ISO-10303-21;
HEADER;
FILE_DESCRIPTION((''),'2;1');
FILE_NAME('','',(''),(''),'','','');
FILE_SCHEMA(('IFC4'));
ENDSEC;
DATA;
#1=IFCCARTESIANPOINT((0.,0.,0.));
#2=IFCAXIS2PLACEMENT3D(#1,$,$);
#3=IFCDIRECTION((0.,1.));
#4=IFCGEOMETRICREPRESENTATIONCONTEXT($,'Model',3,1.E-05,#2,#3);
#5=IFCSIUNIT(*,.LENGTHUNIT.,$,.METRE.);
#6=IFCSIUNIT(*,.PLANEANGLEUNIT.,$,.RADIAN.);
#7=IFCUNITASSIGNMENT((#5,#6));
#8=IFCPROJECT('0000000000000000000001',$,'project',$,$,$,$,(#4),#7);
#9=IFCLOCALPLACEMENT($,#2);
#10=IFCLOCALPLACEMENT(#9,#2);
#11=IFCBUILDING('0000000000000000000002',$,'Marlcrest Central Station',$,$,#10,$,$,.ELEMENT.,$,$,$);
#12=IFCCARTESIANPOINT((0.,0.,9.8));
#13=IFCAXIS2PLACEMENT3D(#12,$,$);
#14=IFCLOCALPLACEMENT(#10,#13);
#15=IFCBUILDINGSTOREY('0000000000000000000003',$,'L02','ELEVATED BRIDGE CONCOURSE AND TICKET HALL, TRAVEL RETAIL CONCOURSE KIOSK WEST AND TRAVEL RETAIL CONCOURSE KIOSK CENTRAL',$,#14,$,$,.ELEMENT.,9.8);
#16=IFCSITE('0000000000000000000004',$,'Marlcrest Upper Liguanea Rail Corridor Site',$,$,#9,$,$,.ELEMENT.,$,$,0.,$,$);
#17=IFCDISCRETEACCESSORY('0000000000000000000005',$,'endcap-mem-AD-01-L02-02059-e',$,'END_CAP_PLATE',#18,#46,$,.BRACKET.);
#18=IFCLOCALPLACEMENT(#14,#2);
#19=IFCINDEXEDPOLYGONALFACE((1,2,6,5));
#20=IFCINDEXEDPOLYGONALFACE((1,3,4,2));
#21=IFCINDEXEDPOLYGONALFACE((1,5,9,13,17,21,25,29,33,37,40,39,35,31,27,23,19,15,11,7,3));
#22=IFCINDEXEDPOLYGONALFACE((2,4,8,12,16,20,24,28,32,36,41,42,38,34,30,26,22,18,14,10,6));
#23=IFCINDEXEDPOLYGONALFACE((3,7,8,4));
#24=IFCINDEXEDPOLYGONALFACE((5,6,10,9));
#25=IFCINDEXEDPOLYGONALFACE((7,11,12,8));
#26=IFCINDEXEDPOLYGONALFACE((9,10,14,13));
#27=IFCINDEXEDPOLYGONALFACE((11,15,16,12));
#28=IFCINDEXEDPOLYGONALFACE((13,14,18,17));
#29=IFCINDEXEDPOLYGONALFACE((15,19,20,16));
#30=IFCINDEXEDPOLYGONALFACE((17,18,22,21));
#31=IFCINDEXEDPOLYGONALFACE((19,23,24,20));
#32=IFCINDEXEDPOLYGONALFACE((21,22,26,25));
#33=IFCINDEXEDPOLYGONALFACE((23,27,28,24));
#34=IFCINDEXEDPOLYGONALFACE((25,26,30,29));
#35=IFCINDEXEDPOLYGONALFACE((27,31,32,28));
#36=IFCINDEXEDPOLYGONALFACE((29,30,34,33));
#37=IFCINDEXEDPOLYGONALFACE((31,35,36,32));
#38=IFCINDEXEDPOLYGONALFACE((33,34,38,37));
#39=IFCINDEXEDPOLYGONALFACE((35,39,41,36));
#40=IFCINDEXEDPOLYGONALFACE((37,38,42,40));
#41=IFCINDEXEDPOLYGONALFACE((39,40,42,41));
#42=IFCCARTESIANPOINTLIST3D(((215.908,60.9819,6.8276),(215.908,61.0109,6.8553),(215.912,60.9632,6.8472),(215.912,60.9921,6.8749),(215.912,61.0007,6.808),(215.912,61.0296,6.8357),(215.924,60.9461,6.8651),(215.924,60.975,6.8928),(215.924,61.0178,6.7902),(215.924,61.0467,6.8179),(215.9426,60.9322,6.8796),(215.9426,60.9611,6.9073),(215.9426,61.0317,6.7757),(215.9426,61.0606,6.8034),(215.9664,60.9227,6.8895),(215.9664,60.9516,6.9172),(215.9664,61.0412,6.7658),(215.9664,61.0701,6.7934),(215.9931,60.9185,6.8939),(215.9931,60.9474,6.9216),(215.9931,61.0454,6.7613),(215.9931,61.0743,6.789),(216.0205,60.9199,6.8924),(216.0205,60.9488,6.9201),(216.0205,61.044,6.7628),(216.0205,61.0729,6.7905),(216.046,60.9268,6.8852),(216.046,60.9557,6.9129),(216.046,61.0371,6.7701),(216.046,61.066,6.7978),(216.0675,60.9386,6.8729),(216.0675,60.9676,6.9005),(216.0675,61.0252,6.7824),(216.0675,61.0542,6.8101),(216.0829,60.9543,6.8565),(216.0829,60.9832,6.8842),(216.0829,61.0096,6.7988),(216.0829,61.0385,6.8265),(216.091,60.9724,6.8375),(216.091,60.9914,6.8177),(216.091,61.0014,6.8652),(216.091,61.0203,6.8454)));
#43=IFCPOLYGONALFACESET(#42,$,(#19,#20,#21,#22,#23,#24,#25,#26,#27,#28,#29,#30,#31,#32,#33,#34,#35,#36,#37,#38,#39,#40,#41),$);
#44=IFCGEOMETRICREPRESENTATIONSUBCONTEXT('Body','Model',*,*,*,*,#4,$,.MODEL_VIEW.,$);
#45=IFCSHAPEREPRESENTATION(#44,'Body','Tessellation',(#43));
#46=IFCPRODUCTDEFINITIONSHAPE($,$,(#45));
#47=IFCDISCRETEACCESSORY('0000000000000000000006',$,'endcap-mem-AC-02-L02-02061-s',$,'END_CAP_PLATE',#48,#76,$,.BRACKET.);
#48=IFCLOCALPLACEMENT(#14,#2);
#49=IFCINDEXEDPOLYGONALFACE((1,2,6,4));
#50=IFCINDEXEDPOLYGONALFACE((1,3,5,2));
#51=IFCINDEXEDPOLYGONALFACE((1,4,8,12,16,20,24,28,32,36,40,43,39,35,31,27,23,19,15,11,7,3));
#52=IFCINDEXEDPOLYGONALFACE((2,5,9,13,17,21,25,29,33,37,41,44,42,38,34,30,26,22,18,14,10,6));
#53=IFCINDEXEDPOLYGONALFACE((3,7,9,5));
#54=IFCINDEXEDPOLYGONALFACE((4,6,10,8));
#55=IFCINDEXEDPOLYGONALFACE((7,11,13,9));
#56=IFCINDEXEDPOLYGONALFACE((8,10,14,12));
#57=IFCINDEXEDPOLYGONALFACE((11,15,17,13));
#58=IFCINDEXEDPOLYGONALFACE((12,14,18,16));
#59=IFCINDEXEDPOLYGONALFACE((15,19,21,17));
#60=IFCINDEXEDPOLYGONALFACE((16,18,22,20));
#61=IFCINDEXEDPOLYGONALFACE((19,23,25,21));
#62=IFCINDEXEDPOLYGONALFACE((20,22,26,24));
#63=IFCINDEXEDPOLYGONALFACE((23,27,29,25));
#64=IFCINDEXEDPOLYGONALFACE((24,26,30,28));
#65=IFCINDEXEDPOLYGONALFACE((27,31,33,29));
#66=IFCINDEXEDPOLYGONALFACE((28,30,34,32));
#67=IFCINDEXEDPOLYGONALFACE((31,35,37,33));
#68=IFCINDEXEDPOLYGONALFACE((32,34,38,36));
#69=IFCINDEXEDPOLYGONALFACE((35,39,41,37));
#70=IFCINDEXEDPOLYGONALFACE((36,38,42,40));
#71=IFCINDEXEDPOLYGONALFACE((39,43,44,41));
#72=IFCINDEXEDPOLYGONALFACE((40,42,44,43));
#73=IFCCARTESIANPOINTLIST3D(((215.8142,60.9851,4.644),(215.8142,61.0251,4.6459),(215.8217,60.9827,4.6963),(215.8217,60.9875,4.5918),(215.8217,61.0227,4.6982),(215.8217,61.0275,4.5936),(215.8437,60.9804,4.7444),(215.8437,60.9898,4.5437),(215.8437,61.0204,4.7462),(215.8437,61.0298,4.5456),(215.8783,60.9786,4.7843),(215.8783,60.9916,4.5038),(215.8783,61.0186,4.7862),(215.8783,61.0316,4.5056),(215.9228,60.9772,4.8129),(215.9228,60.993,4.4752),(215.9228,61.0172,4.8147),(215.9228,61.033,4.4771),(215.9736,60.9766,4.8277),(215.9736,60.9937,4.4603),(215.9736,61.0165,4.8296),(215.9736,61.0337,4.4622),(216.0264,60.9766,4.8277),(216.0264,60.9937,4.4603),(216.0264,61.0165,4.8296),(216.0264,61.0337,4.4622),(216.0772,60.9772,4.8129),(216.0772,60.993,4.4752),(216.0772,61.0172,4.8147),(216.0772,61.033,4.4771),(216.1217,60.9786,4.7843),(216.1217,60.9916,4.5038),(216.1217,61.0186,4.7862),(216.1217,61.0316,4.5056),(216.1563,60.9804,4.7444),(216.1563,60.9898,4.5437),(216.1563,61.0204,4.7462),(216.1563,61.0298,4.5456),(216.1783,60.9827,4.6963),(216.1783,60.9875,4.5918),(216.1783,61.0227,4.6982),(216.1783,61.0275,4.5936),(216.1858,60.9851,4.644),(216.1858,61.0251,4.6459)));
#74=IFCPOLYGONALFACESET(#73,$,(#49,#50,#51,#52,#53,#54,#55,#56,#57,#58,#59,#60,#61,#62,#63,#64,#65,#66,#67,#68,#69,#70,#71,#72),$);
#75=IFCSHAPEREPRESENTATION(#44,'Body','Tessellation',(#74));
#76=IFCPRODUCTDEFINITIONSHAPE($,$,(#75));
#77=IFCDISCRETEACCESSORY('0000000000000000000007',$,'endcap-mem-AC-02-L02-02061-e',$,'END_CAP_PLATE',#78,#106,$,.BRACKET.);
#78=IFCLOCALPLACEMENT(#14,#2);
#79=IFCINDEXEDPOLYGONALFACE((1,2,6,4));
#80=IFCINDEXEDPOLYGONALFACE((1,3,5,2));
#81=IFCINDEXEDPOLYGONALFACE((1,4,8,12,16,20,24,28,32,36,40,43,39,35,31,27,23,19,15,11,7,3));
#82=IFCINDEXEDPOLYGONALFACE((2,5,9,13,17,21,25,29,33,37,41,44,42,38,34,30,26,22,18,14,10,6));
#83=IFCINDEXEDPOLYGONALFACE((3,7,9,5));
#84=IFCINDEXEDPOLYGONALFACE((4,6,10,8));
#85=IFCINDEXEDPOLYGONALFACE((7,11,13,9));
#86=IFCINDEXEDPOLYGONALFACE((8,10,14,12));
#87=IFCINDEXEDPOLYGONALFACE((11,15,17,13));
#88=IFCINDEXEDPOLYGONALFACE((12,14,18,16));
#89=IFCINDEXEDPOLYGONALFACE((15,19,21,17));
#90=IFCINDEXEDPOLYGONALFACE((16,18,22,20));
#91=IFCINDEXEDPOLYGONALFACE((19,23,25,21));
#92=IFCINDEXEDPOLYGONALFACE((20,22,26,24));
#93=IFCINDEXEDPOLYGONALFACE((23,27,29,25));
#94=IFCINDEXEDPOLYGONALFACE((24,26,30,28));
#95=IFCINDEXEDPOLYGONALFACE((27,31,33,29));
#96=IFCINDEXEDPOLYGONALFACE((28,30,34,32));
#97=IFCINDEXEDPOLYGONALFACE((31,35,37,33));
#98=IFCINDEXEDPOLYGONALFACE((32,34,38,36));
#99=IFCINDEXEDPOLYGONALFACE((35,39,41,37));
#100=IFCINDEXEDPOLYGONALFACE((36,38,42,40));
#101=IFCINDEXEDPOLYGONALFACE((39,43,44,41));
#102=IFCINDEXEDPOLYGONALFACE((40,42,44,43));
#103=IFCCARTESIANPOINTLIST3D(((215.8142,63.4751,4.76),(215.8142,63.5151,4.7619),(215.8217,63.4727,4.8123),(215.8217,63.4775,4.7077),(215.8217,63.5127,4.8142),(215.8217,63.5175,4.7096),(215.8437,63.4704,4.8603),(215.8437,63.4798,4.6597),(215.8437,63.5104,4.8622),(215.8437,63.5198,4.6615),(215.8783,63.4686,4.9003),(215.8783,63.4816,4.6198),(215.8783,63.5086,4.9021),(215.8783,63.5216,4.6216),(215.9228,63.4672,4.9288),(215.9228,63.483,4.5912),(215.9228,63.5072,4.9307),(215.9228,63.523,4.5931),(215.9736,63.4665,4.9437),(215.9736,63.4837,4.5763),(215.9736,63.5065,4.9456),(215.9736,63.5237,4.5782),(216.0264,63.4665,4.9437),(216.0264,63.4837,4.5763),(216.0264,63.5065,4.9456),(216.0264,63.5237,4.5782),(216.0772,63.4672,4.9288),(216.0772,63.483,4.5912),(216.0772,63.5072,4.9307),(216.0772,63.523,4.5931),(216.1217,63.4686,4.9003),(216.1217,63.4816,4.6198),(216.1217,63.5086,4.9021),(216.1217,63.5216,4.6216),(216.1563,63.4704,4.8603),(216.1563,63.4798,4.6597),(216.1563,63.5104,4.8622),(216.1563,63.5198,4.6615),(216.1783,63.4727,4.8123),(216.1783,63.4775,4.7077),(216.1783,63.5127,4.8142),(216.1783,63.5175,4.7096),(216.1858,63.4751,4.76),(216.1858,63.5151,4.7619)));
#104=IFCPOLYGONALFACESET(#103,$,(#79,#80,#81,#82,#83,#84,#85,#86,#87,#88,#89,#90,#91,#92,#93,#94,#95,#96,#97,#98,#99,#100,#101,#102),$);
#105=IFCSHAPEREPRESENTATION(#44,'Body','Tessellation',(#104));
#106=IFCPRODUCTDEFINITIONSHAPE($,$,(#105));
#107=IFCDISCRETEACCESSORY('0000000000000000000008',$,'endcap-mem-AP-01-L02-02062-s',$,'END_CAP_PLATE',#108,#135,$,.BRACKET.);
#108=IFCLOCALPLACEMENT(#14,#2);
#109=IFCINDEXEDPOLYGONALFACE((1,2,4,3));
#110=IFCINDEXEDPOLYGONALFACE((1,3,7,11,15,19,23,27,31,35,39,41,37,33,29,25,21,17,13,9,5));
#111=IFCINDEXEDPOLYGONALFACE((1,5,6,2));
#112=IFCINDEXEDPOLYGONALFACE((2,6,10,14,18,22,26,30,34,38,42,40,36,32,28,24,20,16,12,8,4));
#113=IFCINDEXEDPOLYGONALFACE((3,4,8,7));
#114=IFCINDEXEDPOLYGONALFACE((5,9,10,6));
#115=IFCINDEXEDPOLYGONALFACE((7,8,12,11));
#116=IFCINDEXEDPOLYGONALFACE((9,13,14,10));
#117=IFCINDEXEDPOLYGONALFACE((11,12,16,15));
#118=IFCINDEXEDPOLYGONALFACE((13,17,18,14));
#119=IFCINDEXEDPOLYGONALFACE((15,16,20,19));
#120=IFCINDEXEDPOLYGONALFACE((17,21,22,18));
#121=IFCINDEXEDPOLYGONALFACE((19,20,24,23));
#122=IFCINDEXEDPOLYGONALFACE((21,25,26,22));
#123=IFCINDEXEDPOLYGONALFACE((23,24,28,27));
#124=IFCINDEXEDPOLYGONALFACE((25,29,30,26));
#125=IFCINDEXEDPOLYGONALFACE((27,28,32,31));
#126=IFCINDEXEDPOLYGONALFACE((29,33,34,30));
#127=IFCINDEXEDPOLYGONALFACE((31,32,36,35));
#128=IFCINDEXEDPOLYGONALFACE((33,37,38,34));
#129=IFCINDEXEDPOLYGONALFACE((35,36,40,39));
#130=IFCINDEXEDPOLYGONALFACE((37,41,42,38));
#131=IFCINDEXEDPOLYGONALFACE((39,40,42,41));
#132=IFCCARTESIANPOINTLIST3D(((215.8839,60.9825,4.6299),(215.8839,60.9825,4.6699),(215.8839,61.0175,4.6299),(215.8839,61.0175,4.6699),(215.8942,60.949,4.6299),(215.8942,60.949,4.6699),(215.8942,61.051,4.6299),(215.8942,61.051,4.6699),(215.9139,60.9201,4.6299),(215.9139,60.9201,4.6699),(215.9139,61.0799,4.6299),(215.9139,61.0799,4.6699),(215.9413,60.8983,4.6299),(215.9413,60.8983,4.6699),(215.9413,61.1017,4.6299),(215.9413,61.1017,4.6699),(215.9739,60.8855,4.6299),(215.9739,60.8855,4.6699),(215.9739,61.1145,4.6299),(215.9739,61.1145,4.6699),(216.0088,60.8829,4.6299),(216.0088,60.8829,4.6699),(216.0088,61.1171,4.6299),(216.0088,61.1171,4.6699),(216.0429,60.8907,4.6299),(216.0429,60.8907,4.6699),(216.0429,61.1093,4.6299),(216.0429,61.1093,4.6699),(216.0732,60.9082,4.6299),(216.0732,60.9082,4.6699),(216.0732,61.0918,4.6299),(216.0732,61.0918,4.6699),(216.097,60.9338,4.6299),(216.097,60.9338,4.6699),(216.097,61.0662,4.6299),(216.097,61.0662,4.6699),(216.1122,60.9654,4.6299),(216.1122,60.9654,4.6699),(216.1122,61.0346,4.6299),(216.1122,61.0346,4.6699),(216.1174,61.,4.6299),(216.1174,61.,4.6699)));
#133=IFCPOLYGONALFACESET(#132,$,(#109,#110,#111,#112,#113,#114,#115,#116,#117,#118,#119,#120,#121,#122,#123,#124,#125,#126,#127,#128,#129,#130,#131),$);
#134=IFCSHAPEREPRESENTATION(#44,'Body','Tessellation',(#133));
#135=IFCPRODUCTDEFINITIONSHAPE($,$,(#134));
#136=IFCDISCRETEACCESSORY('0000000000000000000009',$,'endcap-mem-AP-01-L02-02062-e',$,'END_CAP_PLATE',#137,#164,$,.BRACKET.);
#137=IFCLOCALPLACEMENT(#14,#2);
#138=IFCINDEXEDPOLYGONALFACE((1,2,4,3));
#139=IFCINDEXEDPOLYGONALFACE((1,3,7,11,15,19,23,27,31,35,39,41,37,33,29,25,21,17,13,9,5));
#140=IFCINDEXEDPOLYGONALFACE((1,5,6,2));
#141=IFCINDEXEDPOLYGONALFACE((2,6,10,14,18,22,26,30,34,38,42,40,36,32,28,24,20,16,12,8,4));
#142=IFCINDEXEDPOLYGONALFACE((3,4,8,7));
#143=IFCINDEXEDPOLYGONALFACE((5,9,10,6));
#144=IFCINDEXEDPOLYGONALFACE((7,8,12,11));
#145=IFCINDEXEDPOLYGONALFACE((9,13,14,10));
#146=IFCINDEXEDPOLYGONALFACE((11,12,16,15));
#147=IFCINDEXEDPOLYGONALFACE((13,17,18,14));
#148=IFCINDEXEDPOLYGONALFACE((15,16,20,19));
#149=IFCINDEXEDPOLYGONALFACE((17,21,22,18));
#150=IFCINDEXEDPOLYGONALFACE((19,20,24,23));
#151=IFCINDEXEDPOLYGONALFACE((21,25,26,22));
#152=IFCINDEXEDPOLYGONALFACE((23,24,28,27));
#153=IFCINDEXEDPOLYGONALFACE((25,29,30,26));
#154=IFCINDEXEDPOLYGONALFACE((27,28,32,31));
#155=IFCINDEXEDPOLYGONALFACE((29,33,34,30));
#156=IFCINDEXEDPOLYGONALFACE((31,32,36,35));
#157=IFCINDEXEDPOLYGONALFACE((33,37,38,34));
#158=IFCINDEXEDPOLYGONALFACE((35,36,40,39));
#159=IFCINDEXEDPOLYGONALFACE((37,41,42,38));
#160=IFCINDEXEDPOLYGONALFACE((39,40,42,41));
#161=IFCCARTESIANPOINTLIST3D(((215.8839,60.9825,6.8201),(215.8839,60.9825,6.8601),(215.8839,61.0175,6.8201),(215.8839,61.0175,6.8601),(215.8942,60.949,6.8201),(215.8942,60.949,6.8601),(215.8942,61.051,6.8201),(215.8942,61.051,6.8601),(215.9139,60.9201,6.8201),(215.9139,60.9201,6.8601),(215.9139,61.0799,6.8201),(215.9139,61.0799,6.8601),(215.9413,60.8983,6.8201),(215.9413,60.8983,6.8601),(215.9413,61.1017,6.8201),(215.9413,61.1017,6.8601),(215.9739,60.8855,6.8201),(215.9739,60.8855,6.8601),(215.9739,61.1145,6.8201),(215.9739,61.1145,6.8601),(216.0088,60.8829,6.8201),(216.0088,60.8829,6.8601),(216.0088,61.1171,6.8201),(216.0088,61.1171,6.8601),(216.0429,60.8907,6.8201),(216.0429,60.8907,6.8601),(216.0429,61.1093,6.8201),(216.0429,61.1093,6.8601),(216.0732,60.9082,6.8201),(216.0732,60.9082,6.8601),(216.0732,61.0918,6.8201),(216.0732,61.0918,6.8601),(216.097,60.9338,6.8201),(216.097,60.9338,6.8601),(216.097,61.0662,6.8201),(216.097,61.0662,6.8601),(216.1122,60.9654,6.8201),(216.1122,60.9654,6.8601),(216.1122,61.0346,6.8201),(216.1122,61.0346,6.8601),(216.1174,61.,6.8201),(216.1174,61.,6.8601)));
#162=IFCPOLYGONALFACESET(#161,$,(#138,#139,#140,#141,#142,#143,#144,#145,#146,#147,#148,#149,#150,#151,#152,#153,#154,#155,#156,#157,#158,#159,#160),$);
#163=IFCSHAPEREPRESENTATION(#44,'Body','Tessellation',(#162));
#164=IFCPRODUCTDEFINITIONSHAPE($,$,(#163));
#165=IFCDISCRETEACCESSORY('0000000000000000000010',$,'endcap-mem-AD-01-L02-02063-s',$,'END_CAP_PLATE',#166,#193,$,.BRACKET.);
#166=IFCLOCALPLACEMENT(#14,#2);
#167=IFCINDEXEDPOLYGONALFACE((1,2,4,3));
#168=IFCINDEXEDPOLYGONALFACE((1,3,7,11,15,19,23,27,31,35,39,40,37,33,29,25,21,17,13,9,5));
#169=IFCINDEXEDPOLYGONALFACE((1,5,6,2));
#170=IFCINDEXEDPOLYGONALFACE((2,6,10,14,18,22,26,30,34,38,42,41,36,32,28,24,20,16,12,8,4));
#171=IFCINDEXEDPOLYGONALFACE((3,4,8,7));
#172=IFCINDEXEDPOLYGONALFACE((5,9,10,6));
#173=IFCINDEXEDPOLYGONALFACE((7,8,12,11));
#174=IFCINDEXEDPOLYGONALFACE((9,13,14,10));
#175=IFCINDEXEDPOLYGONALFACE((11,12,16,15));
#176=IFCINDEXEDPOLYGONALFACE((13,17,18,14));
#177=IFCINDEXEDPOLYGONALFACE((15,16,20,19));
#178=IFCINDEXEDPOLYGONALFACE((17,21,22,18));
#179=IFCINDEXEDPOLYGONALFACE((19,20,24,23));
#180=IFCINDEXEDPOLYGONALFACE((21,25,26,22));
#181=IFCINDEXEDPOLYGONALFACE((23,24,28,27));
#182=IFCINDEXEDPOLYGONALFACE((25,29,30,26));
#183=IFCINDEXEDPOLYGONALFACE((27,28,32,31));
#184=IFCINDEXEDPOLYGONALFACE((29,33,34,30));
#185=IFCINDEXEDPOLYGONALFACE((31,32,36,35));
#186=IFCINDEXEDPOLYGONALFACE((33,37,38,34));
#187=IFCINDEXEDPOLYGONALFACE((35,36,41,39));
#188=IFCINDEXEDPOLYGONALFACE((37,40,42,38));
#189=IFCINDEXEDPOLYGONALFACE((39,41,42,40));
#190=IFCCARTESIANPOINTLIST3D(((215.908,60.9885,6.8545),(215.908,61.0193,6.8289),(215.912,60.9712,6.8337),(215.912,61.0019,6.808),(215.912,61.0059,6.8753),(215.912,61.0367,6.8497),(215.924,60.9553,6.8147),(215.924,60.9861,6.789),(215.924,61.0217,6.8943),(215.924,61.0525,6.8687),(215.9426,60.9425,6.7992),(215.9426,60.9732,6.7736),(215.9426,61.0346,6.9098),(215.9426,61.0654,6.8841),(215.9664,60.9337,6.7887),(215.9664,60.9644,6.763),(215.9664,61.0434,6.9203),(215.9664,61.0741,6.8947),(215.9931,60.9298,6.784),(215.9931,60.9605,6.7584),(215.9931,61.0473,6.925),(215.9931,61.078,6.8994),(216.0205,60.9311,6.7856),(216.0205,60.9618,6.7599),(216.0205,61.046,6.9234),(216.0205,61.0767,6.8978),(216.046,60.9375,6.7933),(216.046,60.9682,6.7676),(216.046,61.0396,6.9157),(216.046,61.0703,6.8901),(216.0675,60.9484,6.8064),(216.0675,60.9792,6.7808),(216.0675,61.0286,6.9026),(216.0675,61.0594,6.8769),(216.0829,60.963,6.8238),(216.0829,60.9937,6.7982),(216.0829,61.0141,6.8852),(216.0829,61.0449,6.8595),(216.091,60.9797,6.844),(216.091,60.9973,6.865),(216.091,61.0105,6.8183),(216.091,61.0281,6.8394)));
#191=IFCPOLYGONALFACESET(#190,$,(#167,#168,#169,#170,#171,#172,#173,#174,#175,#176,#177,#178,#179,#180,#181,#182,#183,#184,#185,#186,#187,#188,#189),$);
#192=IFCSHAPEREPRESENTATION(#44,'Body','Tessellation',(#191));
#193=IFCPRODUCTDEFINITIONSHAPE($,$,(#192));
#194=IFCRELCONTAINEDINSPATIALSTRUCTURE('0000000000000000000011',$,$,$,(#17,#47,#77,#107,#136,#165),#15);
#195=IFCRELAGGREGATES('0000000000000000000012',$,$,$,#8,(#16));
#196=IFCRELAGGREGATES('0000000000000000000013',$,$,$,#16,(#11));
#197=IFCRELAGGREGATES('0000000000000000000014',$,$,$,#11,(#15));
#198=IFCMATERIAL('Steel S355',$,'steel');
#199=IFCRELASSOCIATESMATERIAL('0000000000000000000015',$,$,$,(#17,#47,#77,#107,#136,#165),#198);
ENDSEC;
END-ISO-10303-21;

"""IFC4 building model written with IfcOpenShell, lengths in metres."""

from ifc_helpers import new_model, si_unit, direction, frame, origin, origin_2d, place, context, subcontext, project, spatial, circle, extrude, material, element, save


model = new_model("IFC4")

# Units and contexts
model_context = context("Model", 3, precision=1e-05, world=origin(), true_north=direction((0.0, 1.0)))
body_context = subcontext(model_context, "Body", "Model", "MODEL_VIEW")
ifc_project = project(units=[si_unit("LENGTHUNIT", "METRE"), si_unit("PLANEANGLEUNIT", "RADIAN")], contexts=[model_context])

# Site, building, storey
site_placement = place(None, origin())
site = spatial("IfcSite", under=ifc_project, at=site_placement, Name="Marlcrest Upper Liguanea Rail Corridor Site", CompositionType="ELEMENT", RefElevation=0.0)
building_placement = place(site_placement, origin())
building = spatial("IfcBuilding", under=site, at=building_placement, Name="Marlcrest Central Station", CompositionType="ELEMENT")
storey_placement = place(building_placement, frame((0.0, 0.0, 9.8)))
storey = spatial("IfcBuildingStorey", under=building, at=storey_placement, Name="L02", Description="ELEVATED BRIDGE CONCOURSE AND TICKET HALL, TRAVEL RETAIL CONCOURSE KIOSK WEST AND TRAVEL RETAIL CONCOURSE KIOSK CENTRAL", CompositionType="ELEMENT", Elevation=9.8)

# Shared definitions
ifc_material = material(Name="Steel S355", Category="steel")

# Discrete accessories
discrete_accessory_1_placement = place(storey_placement, frame((216.0, 60.9819, 6.8276), z_axis=(0.0, 0.722247, 0.691636), x_axis=(-1.0, 0.0, 0.0)))
element("IfcDiscreteAccessory", 1, at=discrete_accessory_1_placement, inside=storey, material=ifc_material, Name="endcap-mem-AD-01-L02-02059-e", ObjectType="END_CAP_PLATE", PredefinedType="BRACKET", context=body_context, shape_type="SweptSolid", body=[
    extrude(circle(Radius=0.092, at=origin_2d()), origin(), (0.0, 0.0, 1.0), 0.04),
])
for number, where, z_axis, x_axis, name in (
    (2, (216.0, 60.9851, 4.644), (0.0, 0.998917, 0.046532), (-1.0, 0.0, 0.0), "endcap-mem-AC-02-L02-02061-s"),
    (3, (216.0, 63.4751, 4.76), (0.0, 0.998917, 0.046532), (-1.0, 0.0, 0.0), "endcap-mem-AC-02-L02-02061-e"),
):
    element("IfcDiscreteAccessory", number, at=place(storey_placement, frame(where, z_axis=z_axis, x_axis=x_axis)), inside=storey, material=ifc_material, Name=name, ObjectType="END_CAP_PLATE", PredefinedType="BRACKET", context=body_context, shape_type="SweptSolid", body=[
        extrude(circle(Radius=0.1858, at=origin_2d()), origin(), (0.0, 0.0, 1.0), 0.04),
    ])
for number, where, z_axis, x_axis, name in (
    (4, (216.0, 61.0, 4.6299), (0.0, 0.0, 1.0), (1.0, 0.0, 0.0), "endcap-mem-AP-01-L02-02062-s"),
    (5, (216.0, 61.0, 6.8201), (0.0, 0.0, 1.0), (1.0, 0.0, 0.0), "endcap-mem-AP-01-L02-02062-e"),
):
    element("IfcDiscreteAccessory", number, at=place(storey_placement, frame(where, z_axis=z_axis, x_axis=x_axis)), inside=storey, material=ifc_material, Name=name, ObjectType="END_CAP_PLATE", PredefinedType="BRACKET", context=body_context, shape_type="SweptSolid", body=[
        extrude(circle(Radius=0.1174, at=origin_2d()), origin(), (0.0, 0.0, 1.0), 0.04),
    ])
discrete_accessory_2_placement = place(storey_placement, frame((216.0, 60.9885, 6.8545), z_axis=(0.0, 0.76816, -0.640258), x_axis=(-1.0, 0.0, 0.0)))
element("IfcDiscreteAccessory", 6, at=discrete_accessory_2_placement, inside=storey, material=ifc_material, Name="endcap-mem-AD-01-L02-02063-s", ObjectType="END_CAP_PLATE", PredefinedType="BRACKET", context=body_context, shape_type="SweptSolid", body=[
    extrude(circle(Radius=0.092, at=origin_2d()), origin(), (0.0, 0.0, 1.0), 0.04),
])

save(model, "model.ifc")
